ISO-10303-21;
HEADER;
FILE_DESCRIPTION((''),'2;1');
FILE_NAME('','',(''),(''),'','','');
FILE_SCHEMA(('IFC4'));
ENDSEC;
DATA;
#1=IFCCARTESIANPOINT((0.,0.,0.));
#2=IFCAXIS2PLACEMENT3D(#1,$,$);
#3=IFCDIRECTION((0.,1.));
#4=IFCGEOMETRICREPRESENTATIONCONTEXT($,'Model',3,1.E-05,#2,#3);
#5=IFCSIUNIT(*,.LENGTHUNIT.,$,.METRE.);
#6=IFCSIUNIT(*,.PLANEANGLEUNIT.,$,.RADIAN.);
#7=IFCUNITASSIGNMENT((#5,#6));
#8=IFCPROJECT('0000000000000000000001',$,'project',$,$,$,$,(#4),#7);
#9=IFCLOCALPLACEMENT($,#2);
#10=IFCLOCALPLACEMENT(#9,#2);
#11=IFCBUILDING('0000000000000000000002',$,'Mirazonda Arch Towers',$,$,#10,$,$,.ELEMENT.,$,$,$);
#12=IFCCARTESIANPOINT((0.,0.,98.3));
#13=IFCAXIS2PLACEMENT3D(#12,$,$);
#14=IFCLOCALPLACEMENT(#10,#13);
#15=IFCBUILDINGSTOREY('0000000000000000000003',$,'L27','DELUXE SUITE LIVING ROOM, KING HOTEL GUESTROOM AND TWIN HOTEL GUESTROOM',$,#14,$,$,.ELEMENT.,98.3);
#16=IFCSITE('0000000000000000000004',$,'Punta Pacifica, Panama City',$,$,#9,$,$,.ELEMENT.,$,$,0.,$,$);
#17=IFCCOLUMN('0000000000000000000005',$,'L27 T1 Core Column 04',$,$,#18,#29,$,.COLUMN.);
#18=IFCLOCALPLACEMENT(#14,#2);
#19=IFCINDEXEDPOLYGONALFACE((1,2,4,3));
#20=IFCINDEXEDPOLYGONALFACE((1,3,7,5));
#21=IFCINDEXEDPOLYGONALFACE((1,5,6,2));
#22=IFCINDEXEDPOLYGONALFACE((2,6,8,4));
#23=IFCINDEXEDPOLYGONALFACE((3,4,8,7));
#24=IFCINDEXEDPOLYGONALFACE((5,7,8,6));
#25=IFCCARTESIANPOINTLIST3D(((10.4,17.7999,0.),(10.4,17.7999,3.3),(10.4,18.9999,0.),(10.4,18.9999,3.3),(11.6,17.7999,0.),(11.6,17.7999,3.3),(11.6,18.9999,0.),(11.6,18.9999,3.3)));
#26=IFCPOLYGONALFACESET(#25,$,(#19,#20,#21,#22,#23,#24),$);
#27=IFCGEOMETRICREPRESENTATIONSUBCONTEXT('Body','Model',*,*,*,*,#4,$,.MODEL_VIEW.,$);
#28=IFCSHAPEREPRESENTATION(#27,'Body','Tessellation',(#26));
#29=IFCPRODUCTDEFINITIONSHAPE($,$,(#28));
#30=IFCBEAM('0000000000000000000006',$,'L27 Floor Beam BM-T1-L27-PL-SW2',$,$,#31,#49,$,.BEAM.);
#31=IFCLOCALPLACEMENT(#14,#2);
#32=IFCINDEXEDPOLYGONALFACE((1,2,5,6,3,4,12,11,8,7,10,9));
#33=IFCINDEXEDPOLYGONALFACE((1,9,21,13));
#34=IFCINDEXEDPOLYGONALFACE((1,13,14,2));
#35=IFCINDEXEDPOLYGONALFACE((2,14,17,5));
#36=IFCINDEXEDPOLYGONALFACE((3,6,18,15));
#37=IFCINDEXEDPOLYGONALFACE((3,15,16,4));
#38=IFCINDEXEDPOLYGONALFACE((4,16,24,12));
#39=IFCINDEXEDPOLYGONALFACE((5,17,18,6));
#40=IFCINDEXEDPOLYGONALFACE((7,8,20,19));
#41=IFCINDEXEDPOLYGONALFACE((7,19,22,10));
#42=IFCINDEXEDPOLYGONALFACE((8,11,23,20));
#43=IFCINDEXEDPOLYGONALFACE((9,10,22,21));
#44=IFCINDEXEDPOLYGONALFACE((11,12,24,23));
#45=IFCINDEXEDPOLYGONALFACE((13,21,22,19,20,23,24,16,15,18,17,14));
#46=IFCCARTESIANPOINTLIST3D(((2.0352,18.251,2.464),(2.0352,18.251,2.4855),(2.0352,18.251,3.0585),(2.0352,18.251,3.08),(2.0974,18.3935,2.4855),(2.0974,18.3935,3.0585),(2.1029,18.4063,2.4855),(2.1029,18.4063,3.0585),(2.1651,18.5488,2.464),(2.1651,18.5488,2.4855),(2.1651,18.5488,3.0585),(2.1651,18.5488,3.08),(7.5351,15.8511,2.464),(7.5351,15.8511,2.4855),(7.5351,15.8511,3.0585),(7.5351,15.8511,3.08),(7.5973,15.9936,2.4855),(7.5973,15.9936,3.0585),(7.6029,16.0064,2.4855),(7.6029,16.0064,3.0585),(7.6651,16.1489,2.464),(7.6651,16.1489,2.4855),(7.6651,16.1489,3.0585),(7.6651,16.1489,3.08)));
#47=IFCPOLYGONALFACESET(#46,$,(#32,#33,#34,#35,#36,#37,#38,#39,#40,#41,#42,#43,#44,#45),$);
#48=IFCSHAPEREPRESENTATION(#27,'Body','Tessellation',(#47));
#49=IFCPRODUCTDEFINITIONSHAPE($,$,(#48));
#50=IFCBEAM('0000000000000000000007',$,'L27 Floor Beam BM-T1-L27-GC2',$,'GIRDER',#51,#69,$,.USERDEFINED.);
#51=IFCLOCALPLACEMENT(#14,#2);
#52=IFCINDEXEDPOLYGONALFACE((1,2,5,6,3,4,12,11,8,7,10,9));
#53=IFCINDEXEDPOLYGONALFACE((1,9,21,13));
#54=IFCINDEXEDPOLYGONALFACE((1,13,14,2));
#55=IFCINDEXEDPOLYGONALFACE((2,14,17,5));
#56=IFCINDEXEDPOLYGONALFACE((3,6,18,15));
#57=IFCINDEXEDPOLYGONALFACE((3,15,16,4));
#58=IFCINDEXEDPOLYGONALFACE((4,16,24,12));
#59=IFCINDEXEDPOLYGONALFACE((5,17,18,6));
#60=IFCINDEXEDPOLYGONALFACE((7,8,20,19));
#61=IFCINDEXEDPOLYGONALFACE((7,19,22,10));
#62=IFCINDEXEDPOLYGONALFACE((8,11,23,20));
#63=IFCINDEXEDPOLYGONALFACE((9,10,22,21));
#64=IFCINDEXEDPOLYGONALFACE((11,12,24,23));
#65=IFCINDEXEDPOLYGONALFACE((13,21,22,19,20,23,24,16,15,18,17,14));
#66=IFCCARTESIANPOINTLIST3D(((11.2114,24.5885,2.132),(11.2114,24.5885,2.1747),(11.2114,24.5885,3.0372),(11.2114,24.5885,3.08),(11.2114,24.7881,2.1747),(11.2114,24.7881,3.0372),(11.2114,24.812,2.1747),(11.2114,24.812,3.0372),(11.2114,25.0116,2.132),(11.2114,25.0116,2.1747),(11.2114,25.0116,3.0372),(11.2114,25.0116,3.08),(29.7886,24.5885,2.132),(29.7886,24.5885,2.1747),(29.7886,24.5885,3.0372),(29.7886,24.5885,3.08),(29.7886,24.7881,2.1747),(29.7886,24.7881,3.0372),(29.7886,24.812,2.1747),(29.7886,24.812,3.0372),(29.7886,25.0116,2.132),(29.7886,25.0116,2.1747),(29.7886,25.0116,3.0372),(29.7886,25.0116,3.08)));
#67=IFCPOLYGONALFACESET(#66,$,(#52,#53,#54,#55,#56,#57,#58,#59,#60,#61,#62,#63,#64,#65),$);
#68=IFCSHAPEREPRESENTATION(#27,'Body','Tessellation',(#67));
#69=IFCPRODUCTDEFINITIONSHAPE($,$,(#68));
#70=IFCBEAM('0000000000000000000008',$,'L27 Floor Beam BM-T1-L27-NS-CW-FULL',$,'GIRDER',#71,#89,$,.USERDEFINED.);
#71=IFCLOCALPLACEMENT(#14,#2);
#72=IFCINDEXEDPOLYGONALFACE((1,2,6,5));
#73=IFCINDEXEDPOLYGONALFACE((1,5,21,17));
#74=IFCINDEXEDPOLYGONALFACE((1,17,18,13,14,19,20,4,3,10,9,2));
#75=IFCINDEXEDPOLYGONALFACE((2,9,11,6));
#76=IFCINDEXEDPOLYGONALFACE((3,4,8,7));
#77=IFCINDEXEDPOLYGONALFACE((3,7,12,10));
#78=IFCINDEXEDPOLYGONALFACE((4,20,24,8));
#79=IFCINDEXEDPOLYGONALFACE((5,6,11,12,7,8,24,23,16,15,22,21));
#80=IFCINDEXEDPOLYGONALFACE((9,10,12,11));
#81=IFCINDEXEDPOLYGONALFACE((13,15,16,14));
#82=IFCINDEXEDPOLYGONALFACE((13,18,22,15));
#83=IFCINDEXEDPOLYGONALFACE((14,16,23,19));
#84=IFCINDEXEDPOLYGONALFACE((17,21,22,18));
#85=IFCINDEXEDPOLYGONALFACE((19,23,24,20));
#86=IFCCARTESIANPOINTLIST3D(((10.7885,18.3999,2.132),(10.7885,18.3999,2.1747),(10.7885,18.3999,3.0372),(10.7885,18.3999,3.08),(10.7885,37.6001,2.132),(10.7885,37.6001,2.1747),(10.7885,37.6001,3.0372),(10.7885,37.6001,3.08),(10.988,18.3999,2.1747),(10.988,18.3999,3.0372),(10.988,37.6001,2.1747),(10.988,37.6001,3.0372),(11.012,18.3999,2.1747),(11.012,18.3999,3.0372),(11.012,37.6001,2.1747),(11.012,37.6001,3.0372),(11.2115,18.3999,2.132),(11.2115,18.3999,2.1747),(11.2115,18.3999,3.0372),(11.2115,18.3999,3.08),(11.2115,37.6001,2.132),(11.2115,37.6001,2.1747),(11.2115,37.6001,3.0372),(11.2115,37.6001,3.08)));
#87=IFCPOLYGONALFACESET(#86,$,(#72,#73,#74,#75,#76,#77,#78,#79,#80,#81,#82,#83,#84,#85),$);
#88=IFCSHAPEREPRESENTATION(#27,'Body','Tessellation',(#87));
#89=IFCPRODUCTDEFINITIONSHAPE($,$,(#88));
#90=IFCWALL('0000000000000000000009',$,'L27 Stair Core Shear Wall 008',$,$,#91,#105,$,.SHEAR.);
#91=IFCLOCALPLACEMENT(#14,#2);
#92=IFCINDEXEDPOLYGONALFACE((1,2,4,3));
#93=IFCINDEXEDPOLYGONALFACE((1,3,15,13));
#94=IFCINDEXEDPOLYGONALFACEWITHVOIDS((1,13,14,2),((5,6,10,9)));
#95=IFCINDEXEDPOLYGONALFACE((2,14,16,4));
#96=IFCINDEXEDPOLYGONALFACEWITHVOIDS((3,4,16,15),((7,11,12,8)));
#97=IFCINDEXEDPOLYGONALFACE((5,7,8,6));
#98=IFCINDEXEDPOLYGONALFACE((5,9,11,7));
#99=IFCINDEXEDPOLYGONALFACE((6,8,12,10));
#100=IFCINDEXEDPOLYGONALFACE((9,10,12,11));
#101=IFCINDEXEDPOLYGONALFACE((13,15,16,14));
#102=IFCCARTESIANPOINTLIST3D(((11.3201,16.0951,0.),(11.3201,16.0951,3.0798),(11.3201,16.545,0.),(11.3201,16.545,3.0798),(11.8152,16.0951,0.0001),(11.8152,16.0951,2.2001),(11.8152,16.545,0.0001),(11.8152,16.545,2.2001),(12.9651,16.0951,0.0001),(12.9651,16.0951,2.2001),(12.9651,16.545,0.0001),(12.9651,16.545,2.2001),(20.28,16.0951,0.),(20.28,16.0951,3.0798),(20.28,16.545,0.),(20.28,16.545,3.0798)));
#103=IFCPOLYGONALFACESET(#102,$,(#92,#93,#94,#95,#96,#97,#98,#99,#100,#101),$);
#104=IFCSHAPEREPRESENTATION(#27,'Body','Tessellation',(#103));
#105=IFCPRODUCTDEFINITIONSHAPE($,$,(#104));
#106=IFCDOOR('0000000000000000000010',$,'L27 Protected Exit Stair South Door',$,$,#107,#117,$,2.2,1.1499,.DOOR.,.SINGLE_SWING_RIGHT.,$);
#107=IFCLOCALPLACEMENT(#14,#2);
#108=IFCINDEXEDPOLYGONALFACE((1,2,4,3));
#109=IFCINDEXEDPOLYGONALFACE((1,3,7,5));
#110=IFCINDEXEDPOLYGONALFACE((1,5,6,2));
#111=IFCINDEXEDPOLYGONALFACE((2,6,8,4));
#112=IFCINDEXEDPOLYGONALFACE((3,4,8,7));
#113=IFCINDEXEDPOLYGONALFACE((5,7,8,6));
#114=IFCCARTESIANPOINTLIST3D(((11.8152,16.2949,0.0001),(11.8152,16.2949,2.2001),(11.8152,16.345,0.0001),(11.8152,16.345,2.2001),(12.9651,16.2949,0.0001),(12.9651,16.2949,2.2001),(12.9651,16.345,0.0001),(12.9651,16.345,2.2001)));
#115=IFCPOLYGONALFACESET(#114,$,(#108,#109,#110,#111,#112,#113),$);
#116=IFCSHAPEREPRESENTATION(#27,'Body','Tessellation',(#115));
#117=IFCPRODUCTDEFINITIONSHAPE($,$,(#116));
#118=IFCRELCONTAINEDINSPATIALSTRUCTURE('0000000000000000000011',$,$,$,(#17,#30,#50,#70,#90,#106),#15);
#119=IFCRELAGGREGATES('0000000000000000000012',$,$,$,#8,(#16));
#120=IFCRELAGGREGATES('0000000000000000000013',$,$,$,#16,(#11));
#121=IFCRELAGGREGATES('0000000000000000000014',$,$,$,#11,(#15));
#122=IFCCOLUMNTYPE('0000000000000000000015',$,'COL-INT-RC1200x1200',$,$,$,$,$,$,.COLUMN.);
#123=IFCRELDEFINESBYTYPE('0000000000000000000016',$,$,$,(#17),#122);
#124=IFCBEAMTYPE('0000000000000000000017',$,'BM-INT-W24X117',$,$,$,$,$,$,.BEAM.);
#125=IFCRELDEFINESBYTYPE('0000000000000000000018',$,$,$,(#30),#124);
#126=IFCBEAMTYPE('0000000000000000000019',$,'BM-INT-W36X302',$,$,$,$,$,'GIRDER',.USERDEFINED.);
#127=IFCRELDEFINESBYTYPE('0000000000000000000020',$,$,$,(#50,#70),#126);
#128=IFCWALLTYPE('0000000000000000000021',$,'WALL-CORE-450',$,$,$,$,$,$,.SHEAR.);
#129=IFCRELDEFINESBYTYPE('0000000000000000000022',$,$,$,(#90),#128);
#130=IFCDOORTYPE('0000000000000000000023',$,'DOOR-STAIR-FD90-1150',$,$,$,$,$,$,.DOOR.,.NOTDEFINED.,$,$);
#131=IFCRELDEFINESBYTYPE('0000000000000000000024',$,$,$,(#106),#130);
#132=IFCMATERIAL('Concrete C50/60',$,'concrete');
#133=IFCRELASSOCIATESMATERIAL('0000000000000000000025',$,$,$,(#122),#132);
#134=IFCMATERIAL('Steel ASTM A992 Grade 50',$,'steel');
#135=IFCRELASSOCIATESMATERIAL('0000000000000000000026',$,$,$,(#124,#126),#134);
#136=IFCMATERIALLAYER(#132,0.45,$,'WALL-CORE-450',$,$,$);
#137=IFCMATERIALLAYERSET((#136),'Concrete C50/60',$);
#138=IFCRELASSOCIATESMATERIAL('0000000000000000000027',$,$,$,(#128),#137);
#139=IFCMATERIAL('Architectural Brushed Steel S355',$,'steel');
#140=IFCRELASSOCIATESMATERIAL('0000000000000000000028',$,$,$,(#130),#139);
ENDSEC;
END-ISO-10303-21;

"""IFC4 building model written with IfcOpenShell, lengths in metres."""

from ifc_helpers import new_model, si_unit, direction, frame, frame_2d, origin, origin_2d, place, context, subcontext, project, spatial, rectangle, i_section, extrude, material, layer, layer_set, material_profile, profile_set, type_object, element, fill, save


model = new_model("IFC4")

# Units and contexts
model_context = context("Model", 3, precision=1e-05, world=origin(), true_north=direction((0.0, 1.0)))
body_context = subcontext(model_context, "Body", "Model", "MODEL_VIEW")
ifc_project = project(units=[si_unit("LENGTHUNIT", "METRE"), si_unit("PLANEANGLEUNIT", "RADIAN")], contexts=[model_context])

# Site, building, storey
site_placement = place(None, origin())
site = spatial("IfcSite", under=ifc_project, at=site_placement, Name="Punta Pacifica, Panama City", CompositionType="ELEMENT", RefElevation=0.0)
building_placement = place(site_placement, origin())
building = spatial("IfcBuilding", under=site, at=building_placement, Name="Mirazonda Arch Towers", CompositionType="ELEMENT")
storey_placement = place(building_placement, frame((0.0, 0.0, 98.3)))
storey = spatial("IfcBuildingStorey", under=building, at=storey_placement, Name="L27", Description="DELUXE SUITE LIVING ROOM, KING HOTEL GUESTROOM AND TWIN HOTEL GUESTROOM", CompositionType="ELEMENT", Elevation=98.3)

# Column
ifc_material_1 = material(Name="Concrete C50/60", Category="concrete")
ifc_material_profile_1 = material_profile(ifc_material_1, rectangle(XDim=1.2, YDim=1.2, at=origin_2d()), Name="RC1200x1200")
ifc_profile_set_1 = profile_set([ifc_material_profile_1], Name="Concrete C50/60")
column_type = type_object("IfcColumnType", Name="COL-INT-RC1200x1200", PredefinedType="COLUMN", material=ifc_profile_set_1)
column_placement = place(storey_placement, frame((11.0, 18.3999, 0.0), z_axis=(0.0, 0.0, 1.0), x_axis=(1.0, 0.0, 0.0)))
element("IfcColumn", 1, at=column_placement, inside=storey, type_object=column_type, Name="L27 T1 Core Column 04", PredefinedType="COLUMN", context=body_context, shape_type="SweptSolid", body=[
    extrude(rectangle(XDim=1.2, YDim=1.2, at=origin_2d()), origin(), (0.0, 0.0, 1.0), 3.3),
])

# Beams
ifc_material_2 = material(Name="Steel ASTM A992 Grade 50", Category="steel")
ifc_material_profile_2 = material_profile(ifc_material_2, i_section(OverallWidth=0.325, OverallDepth=0.616, WebThickness=0.0139, FlangeThickness=0.0215, at=origin_2d()), Name="W24X117")
ifc_profile_set_2 = profile_set([ifc_material_profile_2], Name="Steel ASTM A992 Grade 50")
beam_type_1 = type_object("IfcBeamType", Name="BM-INT-W24X117", PredefinedType="BEAM", material=ifc_profile_set_2)
beam_1_placement = place(storey_placement, frame((7.6001, 16.0, 2.772), z_axis=(-0.916545, 0.399931, 0.0), x_axis=(-0.399931, -0.916545, 0.0)))
element("IfcBeam", 2, at=beam_1_placement, inside=storey, type_object=beam_type_1, Name="L27 Floor Beam BM-T1-L27-PL-SW2", PredefinedType="BEAM", context=body_context, shape_type="SweptSolid", body=[
    extrude(i_section(OverallWidth=0.325, OverallDepth=0.616, WebThickness=0.0139, FlangeThickness=0.0215, at=origin_2d()), origin(), (0.0, 0.0, 1.0), 6.0007),
])
ifc_material_profile_3 = material_profile(ifc_material_2, i_section(OverallWidth=0.4231, OverallDepth=0.948, WebThickness=0.0239, FlangeThickness=0.0427, at=origin_2d()), Name="W36X302")
ifc_profile_set_3 = profile_set([ifc_material_profile_3], Name="Steel ASTM A992 Grade 50")
beam_type_2 = type_object("IfcBeamType", Name="BM-INT-W36X302", ElementType="GIRDER", PredefinedType="USERDEFINED", material=ifc_profile_set_3)
beam_2_placement = place(storey_placement, frame((11.2114, 24.8, 2.606), z_axis=(1.0, 0.0, 0.0), x_axis=(0.0, 1.0, 0.0)))
element("IfcBeam", 3, at=beam_2_placement, inside=storey, type_object=beam_type_2, Name="L27 Floor Beam BM-T1-L27-GC2", ObjectType="GIRDER", PredefinedType="USERDEFINED", context=body_context, shape_type="SweptSolid", body=[
    extrude(i_section(OverallWidth=0.4231, OverallDepth=0.948, WebThickness=0.0239, FlangeThickness=0.0427, at=origin_2d()), origin(), (0.0, 0.0, 1.0), 18.5771),
])
beam_3_placement = place(storey_placement, frame((11.0, 18.3999, 2.606), z_axis=(0.0, 1.0, 0.0), x_axis=(-1.0, 0.0, 0.0)))
element("IfcBeam", 4, at=beam_3_placement, inside=storey, type_object=beam_type_2, Name="L27 Floor Beam BM-T1-L27-NS-CW-FULL", ObjectType="GIRDER", PredefinedType="USERDEFINED", context=body_context, shape_type="SweptSolid", body=[
    extrude(i_section(OverallWidth=0.4231, OverallDepth=0.948, WebThickness=0.0239, FlangeThickness=0.0427, at=origin_2d()), origin(), (0.0, 0.0, 1.0), 19.2002),
])

# Wall, opening, door
ifc_layer_1 = layer(ifc_material_1, 0.45, Name="WALL-CORE-450")
ifc_layer_set_1 = layer_set([ifc_layer_1], Name="Concrete C50/60")
wall_type_1 = type_object("IfcWallType", Name="WALL-CORE-450", PredefinedType="SHEAR", material=ifc_layer_set_1)
wall_1_placement = place(storey_placement, frame((11.3201, 16.3201, 0.0), z_axis=(0.0, 0.0, 1.0), x_axis=(1.0, 0.0, 0.0)))
wall_1 = element("IfcWall", 5, at=wall_1_placement, inside=storey, type_object=wall_type_1, Name="L27 Stair Core Shear Wall 008", PredefinedType="SHEAR", context=body_context, shape_type="SweptSolid", body=[
    extrude(rectangle(XDim=8.96, YDim=0.45, at=frame_2d((4.48, 0.0))), origin(), (0.0, 0.0, 1.0), 3.0798),
])
opening_1_placement = place(wall_1_placement, frame((0.4951, 0.0, 0.0)))
opening_1 = element("IfcOpeningElement", 6, at=opening_1_placement, cuts=wall_1, PredefinedType="OPENING", context=body_context, shape_type="SweptSolid", body=[
    extrude(rectangle(XDim=1.1499, YDim=2.2, at=frame_2d((0.575, 1.1001))), frame((0.0, 0.2349, 0.0), z_axis=(0.0, -1.0, 0.0), x_axis=(1.0, 0.0, 0.0)), (0.0, 0.0, 1.0), 0.47),
])
ifc_material_3 = material(Name="Architectural Brushed Steel S355", Category="steel")
door_type_1 = type_object("IfcDoorType", Name="DOOR-STAIR-FD90-1150", OperationType="NOTDEFINED", PredefinedType="DOOR", material=ifc_material_3)
door_1_placement = place(opening_1_placement, origin())
door_1 = element("IfcDoor", 7, at=door_1_placement, inside=storey, type_object=door_type_1, Name="L27 Protected Exit Stair South Door", OperationType="SINGLE_SWING_RIGHT", OverallHeight=2.2, OverallWidth=1.1499, PredefinedType="DOOR", context=body_context, shape_type="SweptSolid", body=[
    extrude(rectangle(XDim=1.1499, YDim=2.2, at=frame_2d((0.575, 1.1001))), frame((0.0, 0.0249, 0.0), z_axis=(0.0, -1.0, 0.0), x_axis=(1.0, 0.0, 0.0)), (0.0, 0.0, 1.0), 0.05),
])
fill(opening_1, door_1)

save(model, "model.ifc")
